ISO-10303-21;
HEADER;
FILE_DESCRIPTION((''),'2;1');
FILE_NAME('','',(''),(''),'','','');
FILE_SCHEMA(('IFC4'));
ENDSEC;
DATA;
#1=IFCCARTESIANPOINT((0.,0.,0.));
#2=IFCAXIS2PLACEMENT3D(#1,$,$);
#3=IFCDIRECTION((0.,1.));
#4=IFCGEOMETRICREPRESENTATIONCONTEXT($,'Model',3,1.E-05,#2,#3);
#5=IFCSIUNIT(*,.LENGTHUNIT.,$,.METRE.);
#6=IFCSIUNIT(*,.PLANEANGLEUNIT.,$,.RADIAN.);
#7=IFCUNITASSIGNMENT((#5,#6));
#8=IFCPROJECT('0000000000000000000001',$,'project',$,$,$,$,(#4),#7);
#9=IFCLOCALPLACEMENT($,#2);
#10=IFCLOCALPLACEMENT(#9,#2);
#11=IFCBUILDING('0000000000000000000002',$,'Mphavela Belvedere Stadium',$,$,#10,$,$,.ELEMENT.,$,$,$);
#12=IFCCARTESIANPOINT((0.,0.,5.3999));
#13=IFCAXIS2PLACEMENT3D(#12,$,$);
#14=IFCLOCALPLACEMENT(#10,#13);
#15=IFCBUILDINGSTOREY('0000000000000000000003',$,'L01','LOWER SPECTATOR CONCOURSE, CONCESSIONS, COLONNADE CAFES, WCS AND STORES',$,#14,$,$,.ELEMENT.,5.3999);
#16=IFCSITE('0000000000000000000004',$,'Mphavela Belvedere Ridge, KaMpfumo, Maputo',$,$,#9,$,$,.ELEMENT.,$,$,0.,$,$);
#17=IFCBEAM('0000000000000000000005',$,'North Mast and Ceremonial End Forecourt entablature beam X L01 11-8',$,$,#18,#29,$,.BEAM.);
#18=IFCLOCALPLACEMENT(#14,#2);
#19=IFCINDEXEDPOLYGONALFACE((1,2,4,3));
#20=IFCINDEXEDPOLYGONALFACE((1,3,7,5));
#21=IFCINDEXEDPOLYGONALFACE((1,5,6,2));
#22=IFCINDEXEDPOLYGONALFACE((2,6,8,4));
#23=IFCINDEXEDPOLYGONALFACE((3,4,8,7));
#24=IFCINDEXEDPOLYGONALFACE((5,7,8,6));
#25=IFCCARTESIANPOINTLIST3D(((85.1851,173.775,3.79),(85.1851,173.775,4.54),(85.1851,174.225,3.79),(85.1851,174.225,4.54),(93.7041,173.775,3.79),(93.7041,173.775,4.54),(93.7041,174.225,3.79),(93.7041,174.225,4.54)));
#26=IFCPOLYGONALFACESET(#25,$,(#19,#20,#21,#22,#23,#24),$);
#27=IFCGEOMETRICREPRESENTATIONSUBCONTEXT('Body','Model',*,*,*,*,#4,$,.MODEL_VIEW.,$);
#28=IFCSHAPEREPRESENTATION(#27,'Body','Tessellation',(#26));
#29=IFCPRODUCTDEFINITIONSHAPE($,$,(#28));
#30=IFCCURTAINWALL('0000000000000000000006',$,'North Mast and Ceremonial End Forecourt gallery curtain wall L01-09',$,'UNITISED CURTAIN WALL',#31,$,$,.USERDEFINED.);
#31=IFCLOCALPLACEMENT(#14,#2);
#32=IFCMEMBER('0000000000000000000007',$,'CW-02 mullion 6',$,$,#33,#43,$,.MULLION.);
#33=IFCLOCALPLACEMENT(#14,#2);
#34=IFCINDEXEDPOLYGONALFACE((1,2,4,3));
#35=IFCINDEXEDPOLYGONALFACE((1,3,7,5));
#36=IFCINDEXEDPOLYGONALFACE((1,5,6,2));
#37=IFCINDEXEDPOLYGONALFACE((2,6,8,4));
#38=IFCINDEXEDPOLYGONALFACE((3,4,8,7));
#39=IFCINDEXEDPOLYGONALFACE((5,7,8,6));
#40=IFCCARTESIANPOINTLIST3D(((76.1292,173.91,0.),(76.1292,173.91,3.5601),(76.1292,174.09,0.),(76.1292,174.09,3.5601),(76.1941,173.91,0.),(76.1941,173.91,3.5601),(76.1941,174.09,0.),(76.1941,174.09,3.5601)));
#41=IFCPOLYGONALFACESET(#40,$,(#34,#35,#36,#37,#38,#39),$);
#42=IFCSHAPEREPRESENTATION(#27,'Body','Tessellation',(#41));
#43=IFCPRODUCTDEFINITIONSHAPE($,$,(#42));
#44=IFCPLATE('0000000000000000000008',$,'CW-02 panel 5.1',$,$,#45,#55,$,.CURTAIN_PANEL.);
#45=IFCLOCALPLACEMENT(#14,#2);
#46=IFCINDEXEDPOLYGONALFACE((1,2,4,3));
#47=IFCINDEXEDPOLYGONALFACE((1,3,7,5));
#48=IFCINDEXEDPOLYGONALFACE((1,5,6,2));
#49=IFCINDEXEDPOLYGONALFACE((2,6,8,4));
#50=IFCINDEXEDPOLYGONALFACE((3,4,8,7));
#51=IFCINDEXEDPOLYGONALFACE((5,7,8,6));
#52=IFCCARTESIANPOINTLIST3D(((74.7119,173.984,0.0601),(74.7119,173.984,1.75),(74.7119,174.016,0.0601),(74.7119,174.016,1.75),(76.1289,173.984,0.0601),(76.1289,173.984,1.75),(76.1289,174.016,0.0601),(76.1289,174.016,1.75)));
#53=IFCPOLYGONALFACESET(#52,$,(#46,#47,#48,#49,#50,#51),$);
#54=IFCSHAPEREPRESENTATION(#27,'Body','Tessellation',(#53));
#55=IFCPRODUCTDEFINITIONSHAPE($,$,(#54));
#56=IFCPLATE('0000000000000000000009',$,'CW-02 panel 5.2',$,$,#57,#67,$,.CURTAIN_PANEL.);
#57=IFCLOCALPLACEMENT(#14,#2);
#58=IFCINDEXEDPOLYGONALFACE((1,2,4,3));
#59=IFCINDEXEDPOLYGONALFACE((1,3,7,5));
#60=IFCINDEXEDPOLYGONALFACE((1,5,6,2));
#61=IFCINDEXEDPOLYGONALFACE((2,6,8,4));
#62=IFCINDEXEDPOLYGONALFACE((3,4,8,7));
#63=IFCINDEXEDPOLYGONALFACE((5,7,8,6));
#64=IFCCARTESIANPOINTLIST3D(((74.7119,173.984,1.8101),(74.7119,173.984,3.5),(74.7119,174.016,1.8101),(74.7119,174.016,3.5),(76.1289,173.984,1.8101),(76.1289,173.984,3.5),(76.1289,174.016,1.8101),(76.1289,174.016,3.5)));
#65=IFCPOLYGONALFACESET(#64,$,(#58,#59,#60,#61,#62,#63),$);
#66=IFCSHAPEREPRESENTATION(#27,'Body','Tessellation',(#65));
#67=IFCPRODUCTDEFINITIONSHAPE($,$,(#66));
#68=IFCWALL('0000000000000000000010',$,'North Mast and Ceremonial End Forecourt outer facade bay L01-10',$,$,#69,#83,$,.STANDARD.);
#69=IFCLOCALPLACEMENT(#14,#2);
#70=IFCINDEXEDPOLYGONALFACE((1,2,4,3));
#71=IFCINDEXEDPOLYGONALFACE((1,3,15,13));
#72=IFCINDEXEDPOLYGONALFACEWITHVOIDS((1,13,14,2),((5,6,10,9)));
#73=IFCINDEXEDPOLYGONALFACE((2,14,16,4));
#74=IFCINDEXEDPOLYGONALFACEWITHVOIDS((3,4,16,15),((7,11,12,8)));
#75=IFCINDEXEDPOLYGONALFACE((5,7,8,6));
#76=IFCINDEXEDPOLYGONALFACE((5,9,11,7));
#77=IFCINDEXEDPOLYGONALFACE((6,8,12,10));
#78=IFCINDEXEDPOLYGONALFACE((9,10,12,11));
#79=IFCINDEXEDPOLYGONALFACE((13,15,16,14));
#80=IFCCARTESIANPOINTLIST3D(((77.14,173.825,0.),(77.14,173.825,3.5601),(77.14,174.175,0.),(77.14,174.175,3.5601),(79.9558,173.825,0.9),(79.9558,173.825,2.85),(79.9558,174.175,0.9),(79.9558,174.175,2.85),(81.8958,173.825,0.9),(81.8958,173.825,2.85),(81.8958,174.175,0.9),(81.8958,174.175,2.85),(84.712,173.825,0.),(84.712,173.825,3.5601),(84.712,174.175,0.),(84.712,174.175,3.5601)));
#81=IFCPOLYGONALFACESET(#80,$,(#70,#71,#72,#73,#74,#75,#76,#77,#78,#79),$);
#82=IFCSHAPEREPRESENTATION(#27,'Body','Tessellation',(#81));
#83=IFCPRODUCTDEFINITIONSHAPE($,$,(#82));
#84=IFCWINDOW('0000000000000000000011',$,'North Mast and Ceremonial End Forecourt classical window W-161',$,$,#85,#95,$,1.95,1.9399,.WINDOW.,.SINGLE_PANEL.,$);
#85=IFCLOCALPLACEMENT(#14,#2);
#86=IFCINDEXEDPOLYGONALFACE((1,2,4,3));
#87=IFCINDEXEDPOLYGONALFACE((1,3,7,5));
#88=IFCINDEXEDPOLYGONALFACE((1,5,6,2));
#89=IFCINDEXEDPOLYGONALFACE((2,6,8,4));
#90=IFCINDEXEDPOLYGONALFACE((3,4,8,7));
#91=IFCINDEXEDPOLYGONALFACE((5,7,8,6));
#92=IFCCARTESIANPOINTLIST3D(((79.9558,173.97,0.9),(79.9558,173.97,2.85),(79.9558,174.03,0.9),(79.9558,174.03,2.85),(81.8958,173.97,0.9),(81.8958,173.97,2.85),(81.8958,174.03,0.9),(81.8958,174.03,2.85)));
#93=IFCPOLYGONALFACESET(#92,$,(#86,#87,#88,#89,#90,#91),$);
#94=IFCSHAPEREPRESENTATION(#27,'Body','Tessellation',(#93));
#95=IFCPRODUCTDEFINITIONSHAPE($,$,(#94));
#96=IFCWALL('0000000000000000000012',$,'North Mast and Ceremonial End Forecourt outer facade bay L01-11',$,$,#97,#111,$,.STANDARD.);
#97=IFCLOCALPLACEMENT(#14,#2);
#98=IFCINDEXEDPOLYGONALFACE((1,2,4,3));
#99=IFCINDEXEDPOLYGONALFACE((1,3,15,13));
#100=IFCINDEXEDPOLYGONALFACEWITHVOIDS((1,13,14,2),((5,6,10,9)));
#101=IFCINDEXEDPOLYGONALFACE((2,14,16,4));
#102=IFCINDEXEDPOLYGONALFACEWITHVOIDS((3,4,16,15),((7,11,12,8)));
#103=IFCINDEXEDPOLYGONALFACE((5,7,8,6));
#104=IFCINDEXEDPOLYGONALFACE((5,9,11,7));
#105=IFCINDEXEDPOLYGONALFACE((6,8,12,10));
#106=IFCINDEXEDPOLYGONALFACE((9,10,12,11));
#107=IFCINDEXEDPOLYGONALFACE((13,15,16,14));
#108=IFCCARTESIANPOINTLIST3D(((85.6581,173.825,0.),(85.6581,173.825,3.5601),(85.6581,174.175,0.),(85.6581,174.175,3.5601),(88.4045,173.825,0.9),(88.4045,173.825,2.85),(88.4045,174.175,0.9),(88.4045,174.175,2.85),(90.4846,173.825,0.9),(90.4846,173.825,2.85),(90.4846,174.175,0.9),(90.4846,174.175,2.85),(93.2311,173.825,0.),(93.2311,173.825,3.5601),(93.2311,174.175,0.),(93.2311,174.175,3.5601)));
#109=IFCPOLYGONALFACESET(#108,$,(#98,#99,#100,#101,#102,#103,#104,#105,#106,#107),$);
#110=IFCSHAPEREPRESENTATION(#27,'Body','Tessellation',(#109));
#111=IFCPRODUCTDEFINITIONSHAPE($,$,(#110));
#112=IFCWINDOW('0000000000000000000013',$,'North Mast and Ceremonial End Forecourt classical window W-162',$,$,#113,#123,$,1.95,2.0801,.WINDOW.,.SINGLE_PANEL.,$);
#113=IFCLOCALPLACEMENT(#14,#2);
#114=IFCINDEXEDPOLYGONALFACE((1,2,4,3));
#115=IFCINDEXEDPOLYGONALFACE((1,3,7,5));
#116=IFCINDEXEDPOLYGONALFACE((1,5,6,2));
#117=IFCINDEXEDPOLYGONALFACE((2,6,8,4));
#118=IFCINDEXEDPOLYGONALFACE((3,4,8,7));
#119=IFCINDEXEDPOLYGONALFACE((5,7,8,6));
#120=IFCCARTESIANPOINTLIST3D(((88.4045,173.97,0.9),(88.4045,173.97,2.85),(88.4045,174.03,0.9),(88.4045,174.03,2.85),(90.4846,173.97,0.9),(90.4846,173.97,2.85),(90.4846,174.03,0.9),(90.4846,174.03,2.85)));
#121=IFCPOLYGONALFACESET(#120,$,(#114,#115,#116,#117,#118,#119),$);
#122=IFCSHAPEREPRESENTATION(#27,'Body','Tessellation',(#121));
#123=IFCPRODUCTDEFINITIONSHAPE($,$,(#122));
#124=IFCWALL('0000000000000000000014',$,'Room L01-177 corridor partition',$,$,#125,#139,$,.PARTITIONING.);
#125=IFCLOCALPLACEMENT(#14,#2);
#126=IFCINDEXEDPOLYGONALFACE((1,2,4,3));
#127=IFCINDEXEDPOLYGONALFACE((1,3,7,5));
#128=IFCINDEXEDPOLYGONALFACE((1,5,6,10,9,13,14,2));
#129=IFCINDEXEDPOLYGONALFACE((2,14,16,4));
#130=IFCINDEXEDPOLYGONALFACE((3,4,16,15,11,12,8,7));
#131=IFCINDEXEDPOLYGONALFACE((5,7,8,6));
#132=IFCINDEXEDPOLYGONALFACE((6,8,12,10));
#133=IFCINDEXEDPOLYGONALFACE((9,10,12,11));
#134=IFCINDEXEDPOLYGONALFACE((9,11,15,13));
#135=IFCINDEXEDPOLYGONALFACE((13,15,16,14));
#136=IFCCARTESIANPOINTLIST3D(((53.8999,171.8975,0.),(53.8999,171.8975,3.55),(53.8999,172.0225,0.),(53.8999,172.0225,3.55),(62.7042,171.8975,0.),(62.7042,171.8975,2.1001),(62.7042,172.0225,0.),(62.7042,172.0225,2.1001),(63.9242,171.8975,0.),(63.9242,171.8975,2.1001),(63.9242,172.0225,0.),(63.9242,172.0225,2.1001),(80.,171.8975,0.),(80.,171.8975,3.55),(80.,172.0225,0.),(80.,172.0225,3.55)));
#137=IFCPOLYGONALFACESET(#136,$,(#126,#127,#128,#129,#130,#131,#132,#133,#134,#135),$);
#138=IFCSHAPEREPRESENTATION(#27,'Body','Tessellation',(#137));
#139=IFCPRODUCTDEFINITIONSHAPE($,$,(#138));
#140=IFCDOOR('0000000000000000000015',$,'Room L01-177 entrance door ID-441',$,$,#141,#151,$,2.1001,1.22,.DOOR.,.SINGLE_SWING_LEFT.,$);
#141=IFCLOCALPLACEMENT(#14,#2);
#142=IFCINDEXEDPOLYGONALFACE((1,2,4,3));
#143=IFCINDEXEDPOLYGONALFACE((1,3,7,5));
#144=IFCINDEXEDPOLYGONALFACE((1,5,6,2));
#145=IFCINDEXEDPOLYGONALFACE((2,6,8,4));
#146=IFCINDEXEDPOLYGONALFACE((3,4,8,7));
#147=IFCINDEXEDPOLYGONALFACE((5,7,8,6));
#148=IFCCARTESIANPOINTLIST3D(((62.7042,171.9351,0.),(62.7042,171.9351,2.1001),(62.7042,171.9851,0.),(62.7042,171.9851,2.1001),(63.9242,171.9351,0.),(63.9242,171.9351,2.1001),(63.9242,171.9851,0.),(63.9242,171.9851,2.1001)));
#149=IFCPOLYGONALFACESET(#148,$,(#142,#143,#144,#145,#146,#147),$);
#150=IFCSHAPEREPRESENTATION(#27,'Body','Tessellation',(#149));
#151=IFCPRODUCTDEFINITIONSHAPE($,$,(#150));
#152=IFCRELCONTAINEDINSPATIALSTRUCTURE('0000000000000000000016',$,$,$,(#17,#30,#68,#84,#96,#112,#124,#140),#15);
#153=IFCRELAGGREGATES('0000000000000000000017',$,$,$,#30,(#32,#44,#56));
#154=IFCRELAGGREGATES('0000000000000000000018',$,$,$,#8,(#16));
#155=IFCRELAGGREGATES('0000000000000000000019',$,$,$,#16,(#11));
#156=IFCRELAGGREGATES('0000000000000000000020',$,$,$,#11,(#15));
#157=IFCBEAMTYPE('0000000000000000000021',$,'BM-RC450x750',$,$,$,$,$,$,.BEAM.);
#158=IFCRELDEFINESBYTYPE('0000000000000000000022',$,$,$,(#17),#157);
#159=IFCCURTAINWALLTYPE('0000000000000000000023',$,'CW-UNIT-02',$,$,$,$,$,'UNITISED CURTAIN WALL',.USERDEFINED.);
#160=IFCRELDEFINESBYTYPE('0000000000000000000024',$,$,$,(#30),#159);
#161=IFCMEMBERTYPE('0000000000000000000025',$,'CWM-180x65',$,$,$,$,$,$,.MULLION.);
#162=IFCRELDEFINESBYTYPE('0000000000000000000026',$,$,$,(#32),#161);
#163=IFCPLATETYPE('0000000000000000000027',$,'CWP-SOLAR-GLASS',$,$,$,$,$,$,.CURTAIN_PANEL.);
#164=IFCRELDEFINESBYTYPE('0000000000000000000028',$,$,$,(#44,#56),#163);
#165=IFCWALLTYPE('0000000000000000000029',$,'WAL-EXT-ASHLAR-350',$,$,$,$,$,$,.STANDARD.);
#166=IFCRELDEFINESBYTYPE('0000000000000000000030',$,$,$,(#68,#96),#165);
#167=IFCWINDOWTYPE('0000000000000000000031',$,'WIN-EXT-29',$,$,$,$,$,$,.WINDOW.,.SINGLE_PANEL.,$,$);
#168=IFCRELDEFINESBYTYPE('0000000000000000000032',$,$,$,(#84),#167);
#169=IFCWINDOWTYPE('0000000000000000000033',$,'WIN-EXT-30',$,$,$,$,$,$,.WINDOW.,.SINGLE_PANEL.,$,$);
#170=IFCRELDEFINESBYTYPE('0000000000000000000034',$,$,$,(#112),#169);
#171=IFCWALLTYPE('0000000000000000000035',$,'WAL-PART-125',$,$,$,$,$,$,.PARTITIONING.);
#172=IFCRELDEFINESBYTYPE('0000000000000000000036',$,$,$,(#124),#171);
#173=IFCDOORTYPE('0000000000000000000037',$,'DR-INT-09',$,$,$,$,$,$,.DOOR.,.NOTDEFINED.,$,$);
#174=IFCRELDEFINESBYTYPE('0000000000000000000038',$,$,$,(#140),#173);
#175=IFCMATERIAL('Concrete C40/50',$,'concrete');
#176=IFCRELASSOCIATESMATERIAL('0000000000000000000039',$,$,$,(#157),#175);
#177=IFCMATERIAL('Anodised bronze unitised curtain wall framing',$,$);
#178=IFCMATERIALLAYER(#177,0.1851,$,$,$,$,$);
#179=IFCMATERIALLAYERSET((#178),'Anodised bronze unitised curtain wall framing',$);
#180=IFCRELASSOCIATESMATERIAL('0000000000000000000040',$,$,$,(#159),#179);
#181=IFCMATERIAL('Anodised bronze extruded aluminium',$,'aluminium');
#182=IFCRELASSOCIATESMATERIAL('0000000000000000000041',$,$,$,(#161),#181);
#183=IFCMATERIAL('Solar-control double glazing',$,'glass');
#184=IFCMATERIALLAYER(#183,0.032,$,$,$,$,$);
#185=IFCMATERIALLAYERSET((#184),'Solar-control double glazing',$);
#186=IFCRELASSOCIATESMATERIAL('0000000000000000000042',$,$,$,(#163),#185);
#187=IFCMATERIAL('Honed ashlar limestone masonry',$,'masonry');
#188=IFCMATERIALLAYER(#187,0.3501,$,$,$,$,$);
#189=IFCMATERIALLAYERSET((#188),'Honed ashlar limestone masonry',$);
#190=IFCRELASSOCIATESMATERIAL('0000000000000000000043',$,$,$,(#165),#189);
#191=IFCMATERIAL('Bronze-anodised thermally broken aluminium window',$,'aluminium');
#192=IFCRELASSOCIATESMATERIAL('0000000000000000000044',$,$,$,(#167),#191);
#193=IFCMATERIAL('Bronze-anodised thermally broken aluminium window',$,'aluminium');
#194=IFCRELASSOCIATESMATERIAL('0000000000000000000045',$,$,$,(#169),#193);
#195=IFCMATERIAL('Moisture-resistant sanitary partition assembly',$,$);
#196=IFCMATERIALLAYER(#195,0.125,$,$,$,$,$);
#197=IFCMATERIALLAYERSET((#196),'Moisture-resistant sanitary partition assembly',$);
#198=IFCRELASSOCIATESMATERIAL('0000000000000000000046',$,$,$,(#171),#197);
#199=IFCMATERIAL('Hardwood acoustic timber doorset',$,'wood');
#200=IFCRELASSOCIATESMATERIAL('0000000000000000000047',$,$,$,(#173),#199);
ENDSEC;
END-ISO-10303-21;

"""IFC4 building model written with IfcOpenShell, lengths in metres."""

from ifc_helpers import new_model, si_unit, direction, frame, frame_2d, origin, origin_2d, place, context, subcontext, project, spatial, rectangle, extrude, material, layer, layer_set, material_profile, profile_set, type_object, element, fill, aggregate, save


model = new_model("IFC4")

# Units and contexts
model_context = context("Model", 3, precision=1e-05, world=origin(), true_north=direction((0.0, 1.0)))
body_context = subcontext(model_context, "Body", "Model", "MODEL_VIEW")
ifc_project = project(units=[si_unit("LENGTHUNIT", "METRE"), si_unit("PLANEANGLEUNIT", "RADIAN")], contexts=[model_context])

# Site, building, storey
site_placement = place(None, origin())
site = spatial("IfcSite", under=ifc_project, at=site_placement, Name="Mphavela Belvedere Ridge, KaMpfumo, Maputo", CompositionType="ELEMENT", RefElevation=0.0)
building_placement = place(site_placement, origin())
building = spatial("IfcBuilding", under=site, at=building_placement, Name="Mphavela Belvedere Stadium", CompositionType="ELEMENT")
storey_placement = place(building_placement, frame((0.0, 0.0, 5.3999)))
storey = spatial("IfcBuildingStorey", under=building, at=storey_placement, Name="L01", Description="LOWER SPECTATOR CONCOURSE, CONCESSIONS, COLONNADE CAFES, WCS AND STORES", CompositionType="ELEMENT", Elevation=5.3999)

# Beam
ifc_material_1 = material(Name="Concrete C40/50", Category="concrete")
ifc_material_profile_1 = material_profile(ifc_material_1, rectangle(XDim=0.45, YDim=0.75, at=origin_2d()), Name="RC 450x750")
ifc_profile_set_1 = profile_set([ifc_material_profile_1], Name="Concrete C40/50")
beam_type_1 = type_object("IfcBeamType", Name="BM-RC450x750", PredefinedType="BEAM", material=ifc_profile_set_1)
beam_1_placement = place(storey_placement, frame((85.1851, 174.0, 4.165), z_axis=(1.0, 0.0, 0.0), x_axis=(0.0, 1.0, 0.0)))
element("IfcBeam", 1, at=beam_1_placement, inside=storey, type_object=beam_type_1, Name="North Mast and Ceremonial End Forecourt entablature beam X L01 11-8", PredefinedType="BEAM", context=body_context, shape_type="SweptSolid", body=[
    extrude(rectangle(XDim=0.45, YDim=0.75, at=origin_2d()), origin(), (0.0, 0.0, 1.0), 8.519),
])

# Curtain wall, member, plates
ifc_material_2 = material(Name="Anodised bronze unitised curtain wall framing")
ifc_layer_1 = layer(ifc_material_2, 0.1851)
ifc_layer_set_1 = layer_set([ifc_layer_1], Name="Anodised bronze unitised curtain wall framing")
curtain_wall_type = type_object("IfcCurtainWallType", Name="CW-UNIT-02", ElementType="UNITISED CURTAIN WALL", PredefinedType="USERDEFINED", material=ifc_layer_set_1)
curtain_wall_placement = place(storey_placement, origin())
curtain_wall = element("IfcCurtainWall", 2, at=curtain_wall_placement, inside=storey, type_object=curtain_wall_type, Name="North Mast and Ceremonial End Forecourt gallery curtain wall L01-09", ObjectType="UNITISED CURTAIN WALL", PredefinedType="USERDEFINED")
ifc_material_3 = material(Name="Anodised bronze extruded aluminium", Category="aluminium")
ifc_material_profile_2 = material_profile(ifc_material_3, rectangle(XDim=0.1799, YDim=0.0649, at=origin_2d()), Name="CW-MUL 180x65")
ifc_profile_set_2 = profile_set([ifc_material_profile_2], Name="Anodised bronze extruded aluminium")
member_type = type_object("IfcMemberType", Name="CWM-180x65", PredefinedType="MULLION", material=ifc_profile_set_2)
member_placement = place(storey_placement, frame((76.1616, 174.0, 0.0), z_axis=(0.0, 0.0, 1.0), x_axis=(0.0, 1.0, 0.0)))
member = element("IfcMember", 3, at=member_placement, type_object=member_type, Name="CW-02 mullion 6", PredefinedType="MULLION", context=body_context, shape_type="SweptSolid", body=[
    extrude(rectangle(XDim=0.1799, YDim=0.0649, at=origin_2d()), origin(), (0.0, 0.0, 1.0), 3.5601),
])
ifc_material_4 = material(Name="Solar-control double glazing", Category="glass")
ifc_layer_2 = layer(ifc_material_4, 0.032)
ifc_layer_set_2 = layer_set([ifc_layer_2], Name="Solar-control double glazing")
plate_type = type_object("IfcPlateType", Name="CWP-SOLAR-GLASS", PredefinedType="CURTAIN_PANEL", material=ifc_layer_set_2)
plate_1_placement = place(storey_placement, frame((75.4204, 174.0, 0.0601), z_axis=(0.0, 0.0, 1.0), x_axis=(1.0, 0.0, 0.0)))
plate_1 = element("IfcPlate", 4, at=plate_1_placement, type_object=plate_type, Name="CW-02 panel 5.1", PredefinedType="CURTAIN_PANEL", context=body_context, shape_type="SweptSolid", body=[
    extrude(rectangle(XDim=1.417, YDim=0.032, at=origin_2d()), origin(), (0.0, 0.0, 1.0), 1.6899),
])
plate_2_placement = place(storey_placement, frame((75.4204, 174.0, 1.8101), z_axis=(0.0, 0.0, 1.0), x_axis=(1.0, 0.0, 0.0)))
plate_2 = element("IfcPlate", 5, at=plate_2_placement, type_object=plate_type, Name="CW-02 panel 5.2", PredefinedType="CURTAIN_PANEL", context=body_context, shape_type="SweptSolid", body=[
    extrude(rectangle(XDim=1.417, YDim=0.032, at=origin_2d()), origin(), (0.0, 0.0, 1.0), 1.6899),
])
aggregate(curtain_wall, [member, plate_1, plate_2])

# Walls, openings, windows
ifc_material_5 = material(Name="Honed ashlar limestone masonry", Category="masonry")
ifc_layer_3 = layer(ifc_material_5, 0.3501)
ifc_layer_set_3 = layer_set([ifc_layer_3], Name="Honed ashlar limestone masonry")
wall_type_1 = type_object("IfcWallType", Name="WAL-EXT-ASHLAR-350", PredefinedType="STANDARD", material=ifc_layer_set_3)
wall_1_placement = place(storey_placement, frame((77.1399, 174.0, 0.0), z_axis=(0.0, 0.0, 1.0), x_axis=(1.0, 0.0, 0.0)))
wall_1 = element("IfcWall", 6, at=wall_1_placement, inside=storey, type_object=wall_type_1, Name="North Mast and Ceremonial End Forecourt outer facade bay L01-10", PredefinedType="STANDARD", context=body_context, shape_type="SweptSolid", body=[
    extrude(rectangle(XDim=7.572, YDim=0.3501, at=frame_2d((3.7861, 0.0))), origin(), (0.0, 0.0, 1.0), 3.5601),
])
opening_1_placement = place(wall_1_placement, frame((2.8159, 0.0, 0.8999)))
opening_1 = element("IfcOpeningElement", 7, at=opening_1_placement, cuts=wall_1, PredefinedType="OPENING", context=body_context, shape_type="SweptSolid", body=[
    extrude(rectangle(XDim=1.9399, YDim=1.95, at=frame_2d((0.97, 0.9751))), frame((0.0, 0.1851, 0.0), z_axis=(0.0, -1.0, 0.0), x_axis=(1.0, 0.0, 0.0)), (0.0, 0.0, 1.0), 0.3701),
])
ifc_material_6 = material(Name="Bronze-anodised thermally broken aluminium window", Category="aluminium")
window_type_1 = type_object("IfcWindowType", Name="WIN-EXT-29", PartitioningType="SINGLE_PANEL", PredefinedType="WINDOW", material=ifc_material_6)
window_1_placement = place(opening_1_placement, origin())
window_1 = element("IfcWindow", 8, at=window_1_placement, inside=storey, type_object=window_type_1, Name="North Mast and Ceremonial End Forecourt classical window W-161", OverallHeight=1.95, OverallWidth=1.9399, PartitioningType="SINGLE_PANEL", PredefinedType="WINDOW", context=body_context, shape_type="SweptSolid", body=[
    extrude(rectangle(XDim=1.9399, YDim=1.95, at=frame_2d((0.97, 0.9751))), frame((0.0, 0.03, 0.0), z_axis=(0.0, -1.0, 0.0), x_axis=(1.0, 0.0, 0.0)), (0.0, 0.0, 1.0), 0.0601),
])
fill(opening_1, window_1)
wall_2_placement = place(storey_placement, frame((85.658, 174.0, 0.0), z_axis=(0.0, 0.0, 1.0), x_axis=(1.0, 0.0, 0.0)))
wall_2 = element("IfcWall", 9, at=wall_2_placement, inside=storey, type_object=wall_type_1, Name="North Mast and Ceremonial End Forecourt outer facade bay L01-11", PredefinedType="STANDARD", context=body_context, shape_type="SweptSolid", body=[
    extrude(rectangle(XDim=7.573, YDim=0.3501, at=frame_2d((3.7866, 0.0))), origin(), (0.0, 0.0, 1.0), 3.5601),
])
opening_2_placement = place(wall_2_placement, frame((2.7466, 0.0, 0.8999)))
opening_2 = element("IfcOpeningElement", 10, at=opening_2_placement, cuts=wall_2, PredefinedType="OPENING", context=body_context, shape_type="SweptSolid", body=[
    extrude(rectangle(XDim=2.0801, YDim=1.95, at=frame_2d((1.04, 0.9751))), frame((0.0, 0.1851, 0.0), z_axis=(0.0, -1.0, 0.0), x_axis=(1.0, 0.0, 0.0)), (0.0, 0.0, 1.0), 0.3701),
])
ifc_material_7 = material(Name="Bronze-anodised thermally broken aluminium window", Category="aluminium")
window_type_2 = type_object("IfcWindowType", Name="WIN-EXT-30", PartitioningType="SINGLE_PANEL", PredefinedType="WINDOW", material=ifc_material_7)
window_2_placement = place(opening_2_placement, origin())
window_2 = element("IfcWindow", 11, at=window_2_placement, inside=storey, type_object=window_type_2, Name="North Mast and Ceremonial End Forecourt classical window W-162", OverallHeight=1.95, OverallWidth=2.0801, PartitioningType="SINGLE_PANEL", PredefinedType="WINDOW", context=body_context, shape_type="SweptSolid", body=[
    extrude(rectangle(XDim=2.0801, YDim=1.95, at=frame_2d((1.04, 0.9751))), frame((0.0, 0.03, 0.0), z_axis=(0.0, -1.0, 0.0), x_axis=(1.0, 0.0, 0.0)), (0.0, 0.0, 1.0), 0.0601),
])
fill(opening_2, window_2)

# Wall, opening, door
ifc_material_8 = material(Name="Moisture-resistant sanitary partition assembly")
ifc_layer_4 = layer(ifc_material_8, 0.125)
ifc_layer_set_4 = layer_set([ifc_layer_4], Name="Moisture-resistant sanitary partition assembly")
wall_type_2 = type_object("IfcWallType", Name="WAL-PART-125", PredefinedType="PARTITIONING", material=ifc_layer_set_4)
wall_3_placement = place(storey_placement, frame((80.0, 171.96, 0.0), z_axis=(0.0, 0.0, 1.0), x_axis=(-1.0, 0.0, 0.0)))
wall_3 = element("IfcWall", 12, at=wall_3_placement, inside=storey, type_object=wall_type_2, Name="Room L01-177 corridor partition", PredefinedType="PARTITIONING", context=body_context, shape_type="SweptSolid", body=[
    extrude(rectangle(XDim=26.1001, YDim=0.125, at=frame_2d((13.05, 0.0))), origin(), (0.0, 0.0, 1.0), 3.55),
])
opening_3_placement = place(wall_3_placement, frame((16.0759, 0.0, 0.0)))
opening_3 = element("IfcOpeningElement", 13, at=opening_3_placement, cuts=wall_3, PredefinedType="OPENING", context=body_context, shape_type="SweptSolid", body=[
    extrude(rectangle(XDim=1.22, YDim=2.1001, at=frame_2d((0.6099, 1.05))), frame((0.0, 0.0725, 0.0), z_axis=(0.0, -1.0, 0.0), x_axis=(1.0, 0.0, 0.0)), (0.0, 0.0, 1.0), 0.145),
])
ifc_material_9 = material(Name="Hardwood acoustic timber doorset", Category="wood")
door_type_1 = type_object("IfcDoorType", Name="DR-INT-09", OperationType="NOTDEFINED", PredefinedType="DOOR", material=ifc_material_9)
door_1_placement = place(opening_3_placement, origin())
door_1 = element("IfcDoor", 14, at=door_1_placement, inside=storey, type_object=door_type_1, Name="Room L01-177 entrance door ID-441", OperationType="SINGLE_SWING_LEFT", OverallHeight=2.1001, OverallWidth=1.22, PredefinedType="DOOR", context=body_context, shape_type="SweptSolid", body=[
    extrude(rectangle(XDim=1.22, YDim=2.1001, at=frame_2d((0.6099, 1.05))), frame((0.0, 0.0249, 0.0), z_axis=(0.0, -1.0, 0.0), x_axis=(1.0, 0.0, 0.0)), (0.0, 0.0, 1.0), 0.05),
])
fill(opening_3, door_1)

save(model, "model.ifc")
